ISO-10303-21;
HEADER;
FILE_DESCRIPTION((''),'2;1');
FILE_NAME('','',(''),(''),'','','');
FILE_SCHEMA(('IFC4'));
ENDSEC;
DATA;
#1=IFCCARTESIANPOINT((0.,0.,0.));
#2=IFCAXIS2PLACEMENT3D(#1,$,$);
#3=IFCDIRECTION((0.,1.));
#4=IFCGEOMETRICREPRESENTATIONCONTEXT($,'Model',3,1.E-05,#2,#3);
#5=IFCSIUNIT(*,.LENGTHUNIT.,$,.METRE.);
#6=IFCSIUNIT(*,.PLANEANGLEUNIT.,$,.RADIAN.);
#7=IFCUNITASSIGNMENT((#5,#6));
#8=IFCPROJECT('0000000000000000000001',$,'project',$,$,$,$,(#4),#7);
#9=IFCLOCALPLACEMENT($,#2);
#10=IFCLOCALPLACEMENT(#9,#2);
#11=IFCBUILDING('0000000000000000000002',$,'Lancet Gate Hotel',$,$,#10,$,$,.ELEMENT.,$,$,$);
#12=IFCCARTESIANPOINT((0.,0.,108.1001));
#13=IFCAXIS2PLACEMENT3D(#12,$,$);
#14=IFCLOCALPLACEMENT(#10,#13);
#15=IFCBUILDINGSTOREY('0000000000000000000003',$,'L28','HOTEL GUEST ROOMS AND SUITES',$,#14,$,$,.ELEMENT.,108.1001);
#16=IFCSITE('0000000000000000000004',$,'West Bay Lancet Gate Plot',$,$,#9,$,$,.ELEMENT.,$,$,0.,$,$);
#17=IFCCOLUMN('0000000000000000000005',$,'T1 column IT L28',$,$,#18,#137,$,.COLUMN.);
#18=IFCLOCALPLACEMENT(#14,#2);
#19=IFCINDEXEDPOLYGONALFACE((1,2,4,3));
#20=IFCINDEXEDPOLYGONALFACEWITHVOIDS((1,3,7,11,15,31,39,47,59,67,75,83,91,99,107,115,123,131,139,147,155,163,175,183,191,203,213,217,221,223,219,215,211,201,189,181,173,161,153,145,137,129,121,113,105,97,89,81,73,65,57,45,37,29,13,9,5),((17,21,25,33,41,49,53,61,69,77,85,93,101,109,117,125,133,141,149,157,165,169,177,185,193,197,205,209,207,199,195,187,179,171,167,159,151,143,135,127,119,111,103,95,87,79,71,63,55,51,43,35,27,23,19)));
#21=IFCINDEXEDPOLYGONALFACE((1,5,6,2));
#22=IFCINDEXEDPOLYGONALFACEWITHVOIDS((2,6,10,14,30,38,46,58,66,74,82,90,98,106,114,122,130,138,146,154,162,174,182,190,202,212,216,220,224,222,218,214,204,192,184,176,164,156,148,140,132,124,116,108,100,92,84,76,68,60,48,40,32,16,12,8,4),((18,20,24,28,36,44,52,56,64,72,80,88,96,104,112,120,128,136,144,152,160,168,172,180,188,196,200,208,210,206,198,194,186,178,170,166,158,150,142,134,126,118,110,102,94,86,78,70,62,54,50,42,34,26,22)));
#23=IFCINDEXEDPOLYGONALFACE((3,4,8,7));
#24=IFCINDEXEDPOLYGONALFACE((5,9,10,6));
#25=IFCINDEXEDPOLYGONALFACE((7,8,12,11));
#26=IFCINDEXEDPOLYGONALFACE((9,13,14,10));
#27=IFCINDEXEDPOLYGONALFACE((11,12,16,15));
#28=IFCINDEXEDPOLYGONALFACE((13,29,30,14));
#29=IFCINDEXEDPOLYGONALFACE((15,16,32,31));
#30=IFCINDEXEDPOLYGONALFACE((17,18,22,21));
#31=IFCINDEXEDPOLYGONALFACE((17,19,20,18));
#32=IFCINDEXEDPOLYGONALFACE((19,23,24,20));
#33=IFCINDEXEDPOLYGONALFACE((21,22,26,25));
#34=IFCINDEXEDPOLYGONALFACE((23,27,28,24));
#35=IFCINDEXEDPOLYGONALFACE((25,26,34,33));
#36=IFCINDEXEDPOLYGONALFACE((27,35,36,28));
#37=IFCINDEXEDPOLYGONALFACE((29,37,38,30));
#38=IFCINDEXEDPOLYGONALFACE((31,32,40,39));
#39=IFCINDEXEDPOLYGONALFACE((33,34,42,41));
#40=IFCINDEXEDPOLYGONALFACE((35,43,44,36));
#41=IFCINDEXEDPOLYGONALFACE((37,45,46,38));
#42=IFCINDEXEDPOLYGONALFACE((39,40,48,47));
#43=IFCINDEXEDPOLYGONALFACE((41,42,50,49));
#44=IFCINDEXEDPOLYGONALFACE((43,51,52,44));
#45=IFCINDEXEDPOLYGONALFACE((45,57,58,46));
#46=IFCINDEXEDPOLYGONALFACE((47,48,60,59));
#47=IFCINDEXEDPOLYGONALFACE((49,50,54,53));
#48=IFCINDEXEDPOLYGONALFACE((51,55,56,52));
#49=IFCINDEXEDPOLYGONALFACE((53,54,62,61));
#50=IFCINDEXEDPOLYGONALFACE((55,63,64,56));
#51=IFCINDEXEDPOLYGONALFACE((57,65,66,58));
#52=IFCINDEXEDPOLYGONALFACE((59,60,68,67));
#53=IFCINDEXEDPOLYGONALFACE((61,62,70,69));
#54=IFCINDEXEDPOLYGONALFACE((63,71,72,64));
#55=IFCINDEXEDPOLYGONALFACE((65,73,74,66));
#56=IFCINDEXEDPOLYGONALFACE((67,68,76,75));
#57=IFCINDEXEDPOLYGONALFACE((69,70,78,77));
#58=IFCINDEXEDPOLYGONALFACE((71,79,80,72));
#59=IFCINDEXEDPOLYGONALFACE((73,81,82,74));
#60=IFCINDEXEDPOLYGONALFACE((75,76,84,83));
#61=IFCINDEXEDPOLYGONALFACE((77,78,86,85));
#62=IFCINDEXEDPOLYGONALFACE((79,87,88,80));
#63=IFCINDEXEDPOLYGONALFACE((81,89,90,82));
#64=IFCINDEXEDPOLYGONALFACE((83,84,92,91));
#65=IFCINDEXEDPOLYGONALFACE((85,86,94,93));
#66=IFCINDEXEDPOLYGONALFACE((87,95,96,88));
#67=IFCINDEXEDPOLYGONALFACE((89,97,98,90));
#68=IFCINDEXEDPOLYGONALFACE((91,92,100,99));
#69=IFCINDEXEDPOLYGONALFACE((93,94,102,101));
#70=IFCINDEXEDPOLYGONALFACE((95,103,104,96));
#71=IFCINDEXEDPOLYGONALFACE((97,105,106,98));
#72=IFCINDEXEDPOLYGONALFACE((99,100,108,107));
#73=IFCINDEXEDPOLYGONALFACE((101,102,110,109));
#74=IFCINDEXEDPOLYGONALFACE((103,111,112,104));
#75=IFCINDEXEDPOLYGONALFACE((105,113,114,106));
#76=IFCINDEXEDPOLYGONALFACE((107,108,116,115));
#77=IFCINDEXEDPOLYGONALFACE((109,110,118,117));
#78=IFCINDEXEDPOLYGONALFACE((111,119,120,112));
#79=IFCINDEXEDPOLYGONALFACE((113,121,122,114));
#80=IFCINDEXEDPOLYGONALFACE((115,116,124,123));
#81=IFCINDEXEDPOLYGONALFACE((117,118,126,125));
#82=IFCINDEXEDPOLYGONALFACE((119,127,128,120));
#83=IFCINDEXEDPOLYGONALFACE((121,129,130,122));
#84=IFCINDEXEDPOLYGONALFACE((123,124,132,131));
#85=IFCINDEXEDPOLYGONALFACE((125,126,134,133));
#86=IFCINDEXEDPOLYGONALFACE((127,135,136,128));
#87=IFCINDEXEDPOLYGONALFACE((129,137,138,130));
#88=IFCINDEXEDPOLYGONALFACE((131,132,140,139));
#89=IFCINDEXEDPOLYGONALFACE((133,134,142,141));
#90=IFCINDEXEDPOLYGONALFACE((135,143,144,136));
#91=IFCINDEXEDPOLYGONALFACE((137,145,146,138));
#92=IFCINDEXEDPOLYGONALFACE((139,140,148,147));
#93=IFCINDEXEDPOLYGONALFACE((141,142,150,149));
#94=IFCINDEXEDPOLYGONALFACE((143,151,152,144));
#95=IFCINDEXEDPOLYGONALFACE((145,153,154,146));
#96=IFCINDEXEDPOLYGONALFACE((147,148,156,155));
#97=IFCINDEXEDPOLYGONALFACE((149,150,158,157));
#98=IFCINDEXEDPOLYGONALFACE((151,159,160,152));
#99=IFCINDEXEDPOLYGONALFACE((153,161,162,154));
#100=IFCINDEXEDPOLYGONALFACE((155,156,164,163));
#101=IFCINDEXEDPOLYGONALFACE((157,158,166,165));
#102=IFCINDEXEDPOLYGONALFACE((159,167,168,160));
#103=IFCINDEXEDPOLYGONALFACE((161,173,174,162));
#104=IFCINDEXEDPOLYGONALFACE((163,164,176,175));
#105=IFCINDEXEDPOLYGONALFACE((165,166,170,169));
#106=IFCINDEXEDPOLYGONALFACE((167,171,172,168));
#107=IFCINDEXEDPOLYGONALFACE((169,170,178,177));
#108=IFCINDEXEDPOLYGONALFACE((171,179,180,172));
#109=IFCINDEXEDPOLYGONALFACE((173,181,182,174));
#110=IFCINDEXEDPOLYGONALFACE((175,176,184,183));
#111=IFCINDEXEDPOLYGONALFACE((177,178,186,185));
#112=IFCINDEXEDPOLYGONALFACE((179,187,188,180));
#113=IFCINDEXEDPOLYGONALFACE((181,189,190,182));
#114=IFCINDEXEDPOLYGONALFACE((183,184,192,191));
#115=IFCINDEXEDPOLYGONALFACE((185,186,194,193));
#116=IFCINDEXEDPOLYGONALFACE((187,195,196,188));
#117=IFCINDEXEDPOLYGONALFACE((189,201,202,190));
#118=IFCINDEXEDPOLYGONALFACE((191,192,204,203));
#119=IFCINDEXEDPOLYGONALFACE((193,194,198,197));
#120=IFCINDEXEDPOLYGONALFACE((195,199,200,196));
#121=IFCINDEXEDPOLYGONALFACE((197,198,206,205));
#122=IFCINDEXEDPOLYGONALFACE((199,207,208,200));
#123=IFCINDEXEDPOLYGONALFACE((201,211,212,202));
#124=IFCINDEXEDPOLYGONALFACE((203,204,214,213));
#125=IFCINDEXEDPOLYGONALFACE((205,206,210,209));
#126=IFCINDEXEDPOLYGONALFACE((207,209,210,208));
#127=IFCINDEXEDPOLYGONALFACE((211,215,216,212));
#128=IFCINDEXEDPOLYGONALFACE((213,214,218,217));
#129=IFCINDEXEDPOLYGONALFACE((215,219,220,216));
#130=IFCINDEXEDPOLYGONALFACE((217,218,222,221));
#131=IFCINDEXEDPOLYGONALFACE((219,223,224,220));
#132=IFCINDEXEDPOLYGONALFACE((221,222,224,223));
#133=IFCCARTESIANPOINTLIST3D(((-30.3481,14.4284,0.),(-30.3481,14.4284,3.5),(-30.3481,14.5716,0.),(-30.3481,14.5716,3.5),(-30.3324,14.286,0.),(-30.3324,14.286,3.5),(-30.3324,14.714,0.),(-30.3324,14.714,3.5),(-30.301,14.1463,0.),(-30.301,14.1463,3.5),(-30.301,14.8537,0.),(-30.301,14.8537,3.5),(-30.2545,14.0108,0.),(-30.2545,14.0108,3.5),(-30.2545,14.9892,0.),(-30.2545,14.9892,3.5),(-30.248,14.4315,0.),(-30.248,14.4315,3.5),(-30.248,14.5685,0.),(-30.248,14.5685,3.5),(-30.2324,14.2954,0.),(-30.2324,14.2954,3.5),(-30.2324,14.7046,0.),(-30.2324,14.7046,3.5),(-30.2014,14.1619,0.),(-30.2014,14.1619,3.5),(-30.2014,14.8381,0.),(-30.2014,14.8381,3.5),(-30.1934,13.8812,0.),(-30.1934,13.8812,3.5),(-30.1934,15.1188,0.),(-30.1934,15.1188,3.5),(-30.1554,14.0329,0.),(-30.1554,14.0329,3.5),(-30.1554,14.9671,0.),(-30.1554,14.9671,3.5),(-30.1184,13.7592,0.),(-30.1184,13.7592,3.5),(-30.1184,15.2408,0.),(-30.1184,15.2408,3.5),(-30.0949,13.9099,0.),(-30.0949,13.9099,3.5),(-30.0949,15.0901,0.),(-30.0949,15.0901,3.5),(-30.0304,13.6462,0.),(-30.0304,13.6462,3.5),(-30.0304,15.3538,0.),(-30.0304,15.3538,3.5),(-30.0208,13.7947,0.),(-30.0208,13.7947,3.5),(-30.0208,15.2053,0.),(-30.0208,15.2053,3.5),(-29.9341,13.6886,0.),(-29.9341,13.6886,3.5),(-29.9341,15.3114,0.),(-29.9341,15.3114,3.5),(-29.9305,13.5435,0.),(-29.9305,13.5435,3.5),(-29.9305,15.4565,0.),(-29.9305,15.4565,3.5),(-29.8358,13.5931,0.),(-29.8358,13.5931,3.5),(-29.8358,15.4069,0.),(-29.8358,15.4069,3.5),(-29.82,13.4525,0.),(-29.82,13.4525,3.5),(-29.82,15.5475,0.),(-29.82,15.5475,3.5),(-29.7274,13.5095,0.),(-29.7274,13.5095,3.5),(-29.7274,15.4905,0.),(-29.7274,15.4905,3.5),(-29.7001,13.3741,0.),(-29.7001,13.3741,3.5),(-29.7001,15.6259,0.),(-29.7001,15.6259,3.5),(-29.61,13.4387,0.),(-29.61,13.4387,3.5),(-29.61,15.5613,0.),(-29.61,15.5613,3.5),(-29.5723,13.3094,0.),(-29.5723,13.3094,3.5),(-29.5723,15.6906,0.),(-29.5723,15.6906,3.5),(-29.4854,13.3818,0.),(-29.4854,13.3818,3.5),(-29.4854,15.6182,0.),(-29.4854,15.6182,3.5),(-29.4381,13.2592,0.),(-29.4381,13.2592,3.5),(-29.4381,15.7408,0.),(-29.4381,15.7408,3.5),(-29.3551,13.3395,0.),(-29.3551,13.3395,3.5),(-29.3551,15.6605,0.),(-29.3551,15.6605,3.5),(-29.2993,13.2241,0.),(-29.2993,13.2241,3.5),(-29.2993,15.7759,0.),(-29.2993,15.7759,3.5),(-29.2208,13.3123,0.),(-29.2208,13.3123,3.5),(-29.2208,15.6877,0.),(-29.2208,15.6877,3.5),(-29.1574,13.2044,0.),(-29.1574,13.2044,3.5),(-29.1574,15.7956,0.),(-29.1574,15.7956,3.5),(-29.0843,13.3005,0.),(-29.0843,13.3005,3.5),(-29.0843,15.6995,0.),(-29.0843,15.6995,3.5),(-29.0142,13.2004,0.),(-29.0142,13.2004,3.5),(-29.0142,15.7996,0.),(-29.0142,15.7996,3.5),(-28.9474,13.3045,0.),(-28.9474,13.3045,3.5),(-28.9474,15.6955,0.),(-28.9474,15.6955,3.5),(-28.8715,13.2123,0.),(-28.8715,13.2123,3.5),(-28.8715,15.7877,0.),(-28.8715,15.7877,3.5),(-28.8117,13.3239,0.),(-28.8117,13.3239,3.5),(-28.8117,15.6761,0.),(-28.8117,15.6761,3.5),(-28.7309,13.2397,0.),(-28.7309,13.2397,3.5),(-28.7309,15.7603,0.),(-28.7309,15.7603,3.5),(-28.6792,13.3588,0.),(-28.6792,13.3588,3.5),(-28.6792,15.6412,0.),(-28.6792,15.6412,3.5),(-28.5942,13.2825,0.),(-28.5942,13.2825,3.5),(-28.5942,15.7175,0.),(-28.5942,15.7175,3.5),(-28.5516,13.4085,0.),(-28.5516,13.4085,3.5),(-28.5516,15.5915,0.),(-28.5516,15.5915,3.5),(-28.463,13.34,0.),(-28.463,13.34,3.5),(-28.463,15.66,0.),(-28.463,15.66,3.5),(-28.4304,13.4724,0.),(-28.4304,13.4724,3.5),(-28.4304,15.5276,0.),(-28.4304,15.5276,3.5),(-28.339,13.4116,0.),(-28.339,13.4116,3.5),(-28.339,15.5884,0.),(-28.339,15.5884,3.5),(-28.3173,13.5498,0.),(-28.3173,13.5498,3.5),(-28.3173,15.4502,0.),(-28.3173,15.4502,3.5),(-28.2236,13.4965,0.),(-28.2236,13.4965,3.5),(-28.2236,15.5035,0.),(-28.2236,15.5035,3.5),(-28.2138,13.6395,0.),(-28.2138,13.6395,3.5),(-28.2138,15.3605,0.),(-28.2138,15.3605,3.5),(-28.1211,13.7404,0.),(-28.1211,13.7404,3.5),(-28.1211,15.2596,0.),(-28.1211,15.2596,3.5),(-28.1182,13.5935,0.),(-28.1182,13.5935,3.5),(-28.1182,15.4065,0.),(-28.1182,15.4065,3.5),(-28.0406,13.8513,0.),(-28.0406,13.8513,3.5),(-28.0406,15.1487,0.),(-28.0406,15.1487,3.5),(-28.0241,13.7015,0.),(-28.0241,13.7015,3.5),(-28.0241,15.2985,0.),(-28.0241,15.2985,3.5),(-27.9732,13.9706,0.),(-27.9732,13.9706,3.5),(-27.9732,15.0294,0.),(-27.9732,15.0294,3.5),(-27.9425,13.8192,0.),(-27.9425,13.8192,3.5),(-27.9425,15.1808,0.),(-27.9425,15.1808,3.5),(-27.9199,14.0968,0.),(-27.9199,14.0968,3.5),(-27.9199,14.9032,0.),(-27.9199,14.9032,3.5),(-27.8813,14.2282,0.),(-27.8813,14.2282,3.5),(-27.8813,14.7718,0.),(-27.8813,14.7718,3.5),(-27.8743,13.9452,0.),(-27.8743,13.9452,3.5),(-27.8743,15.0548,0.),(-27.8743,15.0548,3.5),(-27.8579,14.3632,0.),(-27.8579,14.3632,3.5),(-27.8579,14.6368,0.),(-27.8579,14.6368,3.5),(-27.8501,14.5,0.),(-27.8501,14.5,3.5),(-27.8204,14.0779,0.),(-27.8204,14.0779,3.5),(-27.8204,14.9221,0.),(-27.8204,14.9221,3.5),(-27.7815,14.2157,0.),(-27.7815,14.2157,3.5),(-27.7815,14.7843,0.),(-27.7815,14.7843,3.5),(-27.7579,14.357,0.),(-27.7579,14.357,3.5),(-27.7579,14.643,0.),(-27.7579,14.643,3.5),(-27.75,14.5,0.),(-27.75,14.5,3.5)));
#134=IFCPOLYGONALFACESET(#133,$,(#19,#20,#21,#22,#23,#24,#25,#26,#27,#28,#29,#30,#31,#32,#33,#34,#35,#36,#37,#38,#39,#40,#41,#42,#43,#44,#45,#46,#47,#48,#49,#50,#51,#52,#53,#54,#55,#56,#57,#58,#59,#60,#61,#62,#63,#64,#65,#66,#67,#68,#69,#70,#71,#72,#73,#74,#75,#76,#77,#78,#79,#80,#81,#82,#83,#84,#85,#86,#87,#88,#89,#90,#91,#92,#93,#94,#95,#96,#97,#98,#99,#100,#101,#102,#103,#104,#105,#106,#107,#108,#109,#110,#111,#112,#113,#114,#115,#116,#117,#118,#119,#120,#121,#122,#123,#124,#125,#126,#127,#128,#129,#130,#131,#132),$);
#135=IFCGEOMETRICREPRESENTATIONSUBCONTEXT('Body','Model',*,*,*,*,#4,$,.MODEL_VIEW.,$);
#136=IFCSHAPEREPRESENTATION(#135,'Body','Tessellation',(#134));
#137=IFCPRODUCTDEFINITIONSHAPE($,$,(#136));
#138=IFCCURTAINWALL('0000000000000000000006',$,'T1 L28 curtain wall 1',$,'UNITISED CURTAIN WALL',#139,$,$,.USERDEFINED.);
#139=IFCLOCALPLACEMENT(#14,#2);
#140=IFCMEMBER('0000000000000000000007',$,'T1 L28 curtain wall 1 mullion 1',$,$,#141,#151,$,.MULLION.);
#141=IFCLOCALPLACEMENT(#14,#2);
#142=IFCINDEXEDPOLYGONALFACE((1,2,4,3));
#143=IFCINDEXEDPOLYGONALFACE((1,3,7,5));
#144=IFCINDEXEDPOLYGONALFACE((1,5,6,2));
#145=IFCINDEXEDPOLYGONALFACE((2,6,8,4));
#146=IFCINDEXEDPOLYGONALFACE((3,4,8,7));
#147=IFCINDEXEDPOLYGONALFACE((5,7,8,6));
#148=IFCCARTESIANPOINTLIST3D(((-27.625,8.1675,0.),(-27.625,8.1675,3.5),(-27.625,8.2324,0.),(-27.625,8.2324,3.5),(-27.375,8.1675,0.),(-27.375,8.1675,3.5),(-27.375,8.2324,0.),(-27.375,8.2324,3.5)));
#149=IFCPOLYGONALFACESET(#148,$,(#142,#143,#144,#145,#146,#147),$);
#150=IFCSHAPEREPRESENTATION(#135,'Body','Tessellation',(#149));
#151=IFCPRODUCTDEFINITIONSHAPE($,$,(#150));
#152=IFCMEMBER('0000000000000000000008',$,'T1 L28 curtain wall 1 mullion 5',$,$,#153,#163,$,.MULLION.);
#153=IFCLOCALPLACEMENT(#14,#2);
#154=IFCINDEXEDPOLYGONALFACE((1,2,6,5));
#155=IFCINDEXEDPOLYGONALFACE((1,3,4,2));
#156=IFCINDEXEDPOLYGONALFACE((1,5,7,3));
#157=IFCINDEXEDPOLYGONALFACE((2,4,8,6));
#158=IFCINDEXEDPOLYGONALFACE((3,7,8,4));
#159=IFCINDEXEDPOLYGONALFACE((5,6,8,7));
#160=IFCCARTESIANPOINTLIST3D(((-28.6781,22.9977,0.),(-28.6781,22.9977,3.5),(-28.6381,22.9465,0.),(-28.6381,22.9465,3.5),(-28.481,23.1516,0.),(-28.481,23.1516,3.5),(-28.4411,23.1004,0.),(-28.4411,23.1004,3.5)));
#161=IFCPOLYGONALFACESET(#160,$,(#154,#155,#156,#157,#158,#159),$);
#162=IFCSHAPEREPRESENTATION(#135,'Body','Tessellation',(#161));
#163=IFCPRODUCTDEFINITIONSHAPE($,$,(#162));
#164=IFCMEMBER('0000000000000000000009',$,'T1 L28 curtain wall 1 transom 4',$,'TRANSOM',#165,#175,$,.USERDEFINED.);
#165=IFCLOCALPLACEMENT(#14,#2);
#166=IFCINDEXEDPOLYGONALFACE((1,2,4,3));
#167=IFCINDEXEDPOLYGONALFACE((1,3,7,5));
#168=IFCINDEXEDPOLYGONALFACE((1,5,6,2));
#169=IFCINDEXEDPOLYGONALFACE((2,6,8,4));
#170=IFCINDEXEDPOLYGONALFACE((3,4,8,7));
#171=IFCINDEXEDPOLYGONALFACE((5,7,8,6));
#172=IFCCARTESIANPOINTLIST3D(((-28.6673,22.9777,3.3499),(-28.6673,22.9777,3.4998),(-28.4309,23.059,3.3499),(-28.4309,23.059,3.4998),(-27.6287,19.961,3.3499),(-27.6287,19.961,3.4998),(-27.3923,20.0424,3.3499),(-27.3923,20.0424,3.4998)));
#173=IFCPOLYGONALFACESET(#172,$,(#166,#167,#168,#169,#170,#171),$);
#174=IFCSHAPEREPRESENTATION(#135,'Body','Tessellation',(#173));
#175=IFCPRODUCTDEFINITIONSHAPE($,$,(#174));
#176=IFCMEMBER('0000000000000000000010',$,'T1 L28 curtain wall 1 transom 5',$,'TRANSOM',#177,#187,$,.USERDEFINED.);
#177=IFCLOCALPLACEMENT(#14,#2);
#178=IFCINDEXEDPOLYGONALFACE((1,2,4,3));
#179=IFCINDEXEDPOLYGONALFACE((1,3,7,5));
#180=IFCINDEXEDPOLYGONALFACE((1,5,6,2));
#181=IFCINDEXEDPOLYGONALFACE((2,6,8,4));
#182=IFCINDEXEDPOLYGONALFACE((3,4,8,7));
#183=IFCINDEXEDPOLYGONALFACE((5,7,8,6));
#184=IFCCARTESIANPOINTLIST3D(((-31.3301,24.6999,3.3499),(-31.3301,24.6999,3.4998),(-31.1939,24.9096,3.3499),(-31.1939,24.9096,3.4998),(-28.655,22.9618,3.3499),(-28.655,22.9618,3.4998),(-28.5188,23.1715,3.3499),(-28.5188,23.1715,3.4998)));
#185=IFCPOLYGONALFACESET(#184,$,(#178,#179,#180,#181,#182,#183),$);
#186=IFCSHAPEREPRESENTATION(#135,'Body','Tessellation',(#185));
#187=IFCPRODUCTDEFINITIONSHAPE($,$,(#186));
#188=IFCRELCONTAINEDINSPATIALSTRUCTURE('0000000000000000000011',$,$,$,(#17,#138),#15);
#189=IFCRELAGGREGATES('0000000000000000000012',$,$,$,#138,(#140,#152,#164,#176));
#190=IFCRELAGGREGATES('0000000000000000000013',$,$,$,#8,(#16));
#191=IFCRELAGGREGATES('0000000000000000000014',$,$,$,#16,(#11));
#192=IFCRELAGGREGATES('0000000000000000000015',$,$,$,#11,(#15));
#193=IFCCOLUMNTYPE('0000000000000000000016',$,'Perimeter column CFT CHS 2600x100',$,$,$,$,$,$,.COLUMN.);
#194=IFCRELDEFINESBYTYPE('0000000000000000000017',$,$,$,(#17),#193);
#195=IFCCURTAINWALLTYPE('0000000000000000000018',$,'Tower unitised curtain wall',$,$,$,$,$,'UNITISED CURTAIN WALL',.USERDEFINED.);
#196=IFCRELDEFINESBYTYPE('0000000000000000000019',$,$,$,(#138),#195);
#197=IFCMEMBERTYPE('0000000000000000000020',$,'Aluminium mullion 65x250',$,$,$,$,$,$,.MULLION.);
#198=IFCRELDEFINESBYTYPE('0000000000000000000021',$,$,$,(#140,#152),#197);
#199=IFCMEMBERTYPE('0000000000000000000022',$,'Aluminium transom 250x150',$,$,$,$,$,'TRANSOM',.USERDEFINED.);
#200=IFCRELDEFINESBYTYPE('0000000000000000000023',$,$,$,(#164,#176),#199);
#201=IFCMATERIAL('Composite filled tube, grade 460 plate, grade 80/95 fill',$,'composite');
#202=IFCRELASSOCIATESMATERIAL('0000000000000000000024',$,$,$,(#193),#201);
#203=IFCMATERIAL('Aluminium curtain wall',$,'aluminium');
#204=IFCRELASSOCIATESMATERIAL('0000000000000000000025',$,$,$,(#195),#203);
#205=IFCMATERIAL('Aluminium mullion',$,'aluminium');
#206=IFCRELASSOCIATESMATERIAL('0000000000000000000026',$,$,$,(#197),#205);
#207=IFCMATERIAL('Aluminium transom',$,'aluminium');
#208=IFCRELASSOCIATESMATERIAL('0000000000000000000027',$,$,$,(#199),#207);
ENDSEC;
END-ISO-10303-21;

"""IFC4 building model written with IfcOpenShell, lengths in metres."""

from ifc_helpers import new_model, si_unit, direction, frame, origin, origin_2d, place, context, subcontext, project, spatial, rectangle, hollow_circle, extrude, material, material_profile, profile_set, type_object, element, aggregate, save


model = new_model("IFC4")

# Units and contexts
model_context = context("Model", 3, precision=1e-05, world=origin(), true_north=direction((0.0, 1.0)))
body_context = subcontext(model_context, "Body", "Model", "MODEL_VIEW")
ifc_project = project(units=[si_unit("LENGTHUNIT", "METRE"), si_unit("PLANEANGLEUNIT", "RADIAN")], contexts=[model_context])

# Site, building, storey
site_placement = place(None, origin())
site = spatial("IfcSite", under=ifc_project, at=site_placement, Name="West Bay Lancet Gate Plot", CompositionType="ELEMENT", RefElevation=0.0)
building_placement = place(site_placement, origin())
building = spatial("IfcBuilding", under=site, at=building_placement, Name="Lancet Gate Hotel", CompositionType="ELEMENT")
storey_placement = place(building_placement, frame((0.0, 0.0, 108.1001)))
storey = spatial("IfcBuildingStorey", under=building, at=storey_placement, Name="L28", Description="HOTEL GUEST ROOMS AND SUITES", CompositionType="ELEMENT", Elevation=108.1001)

# Column
ifc_material_1 = material(Name="Composite filled tube, grade 460 plate, grade 80/95 fill", Category="composite")
ifc_material_profile_1 = material_profile(ifc_material_1, hollow_circle(Radius=1.3, WallThickness=0.1001, at=origin_2d()), Name="CHS 2600x100")
ifc_profile_set_1 = profile_set([ifc_material_profile_1], Name="Composite filled tube, grade 460 plate, grade 80/95 fill")
column_type = type_object("IfcColumnType", Name="Perimeter column CFT CHS 2600x100", PredefinedType="COLUMN", material=ifc_profile_set_1)
for number, where, z_axis, x_axis, name in (
    (1, (-29.05, 14.5, 0.0), (0.0, 0.0, 1.0), (1.0, 0.0, 0.0), "T1 column IT L28"),
):
    element("IfcColumn", number, at=place(storey_placement, frame(where, z_axis=z_axis, x_axis=x_axis)), inside=storey, type_object=column_type, Name=name, PredefinedType="COLUMN", context=body_context, shape_type="SweptSolid", body=[
        extrude(hollow_circle(Radius=1.3, WallThickness=0.1001, at=origin_2d()), origin(), (0.0, 0.0, 1.0), 3.5),
    ])

# Curtain wall, members
ifc_material_2 = material(Name="Aluminium curtain wall", Category="aluminium")
curtain_wall_type = type_object("IfcCurtainWallType", Name="Tower unitised curtain wall", ElementType="UNITISED CURTAIN WALL", PredefinedType="USERDEFINED", material=ifc_material_2)
curtain_wall_placement = place(storey_placement, origin())
curtain_wall = element("IfcCurtainWall", 2, at=curtain_wall_placement, inside=storey, type_object=curtain_wall_type, Name="T1 L28 curtain wall 1", ObjectType="UNITISED CURTAIN WALL", PredefinedType="USERDEFINED")
ifc_material_3 = material(Name="Aluminium mullion", Category="aluminium")
ifc_material_profile_2 = material_profile(ifc_material_3, rectangle(XDim=0.0649, YDim=0.25, at=origin_2d()), Name="MULLION 65x250")
ifc_profile_set_2 = profile_set([ifc_material_profile_2], Name="Aluminium mullion")
member_type_1 = type_object("IfcMemberType", Name="Aluminium mullion 65x250", PredefinedType="MULLION", material=ifc_profile_set_2)
member_1_placement = place(storey_placement, frame((-27.5, 8.2, 0.0), z_axis=(0.0, 0.0, 1.0), x_axis=(0.0, 1.0, 0.0)))
member_1 = element("IfcMember", 3, at=member_1_placement, type_object=member_type_1, Name="T1 L28 curtain wall 1 mullion 1", PredefinedType="MULLION", context=body_context, shape_type="SweptSolid", body=[
    extrude(rectangle(XDim=0.0649, YDim=0.25, at=origin_2d()), origin(), (0.0, 0.0, 1.0), 3.5),
])
member_2_placement = place(storey_placement, frame((-28.5596, 23.0491, 0.0), z_axis=(0.0, 0.0, 1.0), x_axis=(-0.615574, 0.788079, 0.0)))
member_2 = element("IfcMember", 4, at=member_2_placement, type_object=member_type_1, Name="T1 L28 curtain wall 1 mullion 5", PredefinedType="MULLION", context=body_context, shape_type="SweptSolid", body=[
    extrude(rectangle(XDim=0.0649, YDim=0.25, at=origin_2d()), origin(), (0.0, 0.0, 1.0), 3.5),
])
ifc_material_4 = material(Name="Aluminium transom", Category="aluminium")
ifc_material_profile_3 = material_profile(ifc_material_4, rectangle(XDim=0.25, YDim=0.1499, at=origin_2d()), Name="TRANSOM 250x150")
ifc_profile_set_3 = profile_set([ifc_material_profile_3], Name="Aluminium transom")
member_type_2 = type_object("IfcMemberType", Name="Aluminium transom 250x150", ElementType="TRANSOM", PredefinedType="USERDEFINED", material=ifc_profile_set_3)
member_3_placement = place(storey_placement, frame((-27.5105, 20.0017, 3.4248), z_axis=(-0.325533, 0.945531, 0.0), x_axis=(-0.945531, -0.325533, 0.0)))
member_3 = element("IfcMember", 5, at=member_3_placement, type_object=member_type_2, Name="T1 L28 curtain wall 1 transom 4", ObjectType="TRANSOM", PredefinedType="USERDEFINED", context=body_context, shape_type="SweptSolid", body=[
    extrude(rectangle(XDim=0.25, YDim=0.1499, at=origin_2d()), origin(), (0.0, 0.0, 1.0), 3.1904),
])
member_4_placement = place(storey_placement, frame((-28.5869, 23.0667, 3.4248), z_axis=(-0.83855, 0.544824, 0.0), x_axis=(-0.544824, -0.83855, 0.0)))
member_4 = element("IfcMember", 6, at=member_4_placement, type_object=member_type_2, Name="T1 L28 curtain wall 1 transom 5", ObjectType="TRANSOM", PredefinedType="USERDEFINED", context=body_context, shape_type="SweptSolid", body=[
    extrude(rectangle(XDim=0.25, YDim=0.1499, at=origin_2d()), origin(), (0.0, 0.0, 1.0), 3.1902),
])

aggregate(curtain_wall, [member_1, member_2, member_3, member_4])

save(model, "model.ifc")
